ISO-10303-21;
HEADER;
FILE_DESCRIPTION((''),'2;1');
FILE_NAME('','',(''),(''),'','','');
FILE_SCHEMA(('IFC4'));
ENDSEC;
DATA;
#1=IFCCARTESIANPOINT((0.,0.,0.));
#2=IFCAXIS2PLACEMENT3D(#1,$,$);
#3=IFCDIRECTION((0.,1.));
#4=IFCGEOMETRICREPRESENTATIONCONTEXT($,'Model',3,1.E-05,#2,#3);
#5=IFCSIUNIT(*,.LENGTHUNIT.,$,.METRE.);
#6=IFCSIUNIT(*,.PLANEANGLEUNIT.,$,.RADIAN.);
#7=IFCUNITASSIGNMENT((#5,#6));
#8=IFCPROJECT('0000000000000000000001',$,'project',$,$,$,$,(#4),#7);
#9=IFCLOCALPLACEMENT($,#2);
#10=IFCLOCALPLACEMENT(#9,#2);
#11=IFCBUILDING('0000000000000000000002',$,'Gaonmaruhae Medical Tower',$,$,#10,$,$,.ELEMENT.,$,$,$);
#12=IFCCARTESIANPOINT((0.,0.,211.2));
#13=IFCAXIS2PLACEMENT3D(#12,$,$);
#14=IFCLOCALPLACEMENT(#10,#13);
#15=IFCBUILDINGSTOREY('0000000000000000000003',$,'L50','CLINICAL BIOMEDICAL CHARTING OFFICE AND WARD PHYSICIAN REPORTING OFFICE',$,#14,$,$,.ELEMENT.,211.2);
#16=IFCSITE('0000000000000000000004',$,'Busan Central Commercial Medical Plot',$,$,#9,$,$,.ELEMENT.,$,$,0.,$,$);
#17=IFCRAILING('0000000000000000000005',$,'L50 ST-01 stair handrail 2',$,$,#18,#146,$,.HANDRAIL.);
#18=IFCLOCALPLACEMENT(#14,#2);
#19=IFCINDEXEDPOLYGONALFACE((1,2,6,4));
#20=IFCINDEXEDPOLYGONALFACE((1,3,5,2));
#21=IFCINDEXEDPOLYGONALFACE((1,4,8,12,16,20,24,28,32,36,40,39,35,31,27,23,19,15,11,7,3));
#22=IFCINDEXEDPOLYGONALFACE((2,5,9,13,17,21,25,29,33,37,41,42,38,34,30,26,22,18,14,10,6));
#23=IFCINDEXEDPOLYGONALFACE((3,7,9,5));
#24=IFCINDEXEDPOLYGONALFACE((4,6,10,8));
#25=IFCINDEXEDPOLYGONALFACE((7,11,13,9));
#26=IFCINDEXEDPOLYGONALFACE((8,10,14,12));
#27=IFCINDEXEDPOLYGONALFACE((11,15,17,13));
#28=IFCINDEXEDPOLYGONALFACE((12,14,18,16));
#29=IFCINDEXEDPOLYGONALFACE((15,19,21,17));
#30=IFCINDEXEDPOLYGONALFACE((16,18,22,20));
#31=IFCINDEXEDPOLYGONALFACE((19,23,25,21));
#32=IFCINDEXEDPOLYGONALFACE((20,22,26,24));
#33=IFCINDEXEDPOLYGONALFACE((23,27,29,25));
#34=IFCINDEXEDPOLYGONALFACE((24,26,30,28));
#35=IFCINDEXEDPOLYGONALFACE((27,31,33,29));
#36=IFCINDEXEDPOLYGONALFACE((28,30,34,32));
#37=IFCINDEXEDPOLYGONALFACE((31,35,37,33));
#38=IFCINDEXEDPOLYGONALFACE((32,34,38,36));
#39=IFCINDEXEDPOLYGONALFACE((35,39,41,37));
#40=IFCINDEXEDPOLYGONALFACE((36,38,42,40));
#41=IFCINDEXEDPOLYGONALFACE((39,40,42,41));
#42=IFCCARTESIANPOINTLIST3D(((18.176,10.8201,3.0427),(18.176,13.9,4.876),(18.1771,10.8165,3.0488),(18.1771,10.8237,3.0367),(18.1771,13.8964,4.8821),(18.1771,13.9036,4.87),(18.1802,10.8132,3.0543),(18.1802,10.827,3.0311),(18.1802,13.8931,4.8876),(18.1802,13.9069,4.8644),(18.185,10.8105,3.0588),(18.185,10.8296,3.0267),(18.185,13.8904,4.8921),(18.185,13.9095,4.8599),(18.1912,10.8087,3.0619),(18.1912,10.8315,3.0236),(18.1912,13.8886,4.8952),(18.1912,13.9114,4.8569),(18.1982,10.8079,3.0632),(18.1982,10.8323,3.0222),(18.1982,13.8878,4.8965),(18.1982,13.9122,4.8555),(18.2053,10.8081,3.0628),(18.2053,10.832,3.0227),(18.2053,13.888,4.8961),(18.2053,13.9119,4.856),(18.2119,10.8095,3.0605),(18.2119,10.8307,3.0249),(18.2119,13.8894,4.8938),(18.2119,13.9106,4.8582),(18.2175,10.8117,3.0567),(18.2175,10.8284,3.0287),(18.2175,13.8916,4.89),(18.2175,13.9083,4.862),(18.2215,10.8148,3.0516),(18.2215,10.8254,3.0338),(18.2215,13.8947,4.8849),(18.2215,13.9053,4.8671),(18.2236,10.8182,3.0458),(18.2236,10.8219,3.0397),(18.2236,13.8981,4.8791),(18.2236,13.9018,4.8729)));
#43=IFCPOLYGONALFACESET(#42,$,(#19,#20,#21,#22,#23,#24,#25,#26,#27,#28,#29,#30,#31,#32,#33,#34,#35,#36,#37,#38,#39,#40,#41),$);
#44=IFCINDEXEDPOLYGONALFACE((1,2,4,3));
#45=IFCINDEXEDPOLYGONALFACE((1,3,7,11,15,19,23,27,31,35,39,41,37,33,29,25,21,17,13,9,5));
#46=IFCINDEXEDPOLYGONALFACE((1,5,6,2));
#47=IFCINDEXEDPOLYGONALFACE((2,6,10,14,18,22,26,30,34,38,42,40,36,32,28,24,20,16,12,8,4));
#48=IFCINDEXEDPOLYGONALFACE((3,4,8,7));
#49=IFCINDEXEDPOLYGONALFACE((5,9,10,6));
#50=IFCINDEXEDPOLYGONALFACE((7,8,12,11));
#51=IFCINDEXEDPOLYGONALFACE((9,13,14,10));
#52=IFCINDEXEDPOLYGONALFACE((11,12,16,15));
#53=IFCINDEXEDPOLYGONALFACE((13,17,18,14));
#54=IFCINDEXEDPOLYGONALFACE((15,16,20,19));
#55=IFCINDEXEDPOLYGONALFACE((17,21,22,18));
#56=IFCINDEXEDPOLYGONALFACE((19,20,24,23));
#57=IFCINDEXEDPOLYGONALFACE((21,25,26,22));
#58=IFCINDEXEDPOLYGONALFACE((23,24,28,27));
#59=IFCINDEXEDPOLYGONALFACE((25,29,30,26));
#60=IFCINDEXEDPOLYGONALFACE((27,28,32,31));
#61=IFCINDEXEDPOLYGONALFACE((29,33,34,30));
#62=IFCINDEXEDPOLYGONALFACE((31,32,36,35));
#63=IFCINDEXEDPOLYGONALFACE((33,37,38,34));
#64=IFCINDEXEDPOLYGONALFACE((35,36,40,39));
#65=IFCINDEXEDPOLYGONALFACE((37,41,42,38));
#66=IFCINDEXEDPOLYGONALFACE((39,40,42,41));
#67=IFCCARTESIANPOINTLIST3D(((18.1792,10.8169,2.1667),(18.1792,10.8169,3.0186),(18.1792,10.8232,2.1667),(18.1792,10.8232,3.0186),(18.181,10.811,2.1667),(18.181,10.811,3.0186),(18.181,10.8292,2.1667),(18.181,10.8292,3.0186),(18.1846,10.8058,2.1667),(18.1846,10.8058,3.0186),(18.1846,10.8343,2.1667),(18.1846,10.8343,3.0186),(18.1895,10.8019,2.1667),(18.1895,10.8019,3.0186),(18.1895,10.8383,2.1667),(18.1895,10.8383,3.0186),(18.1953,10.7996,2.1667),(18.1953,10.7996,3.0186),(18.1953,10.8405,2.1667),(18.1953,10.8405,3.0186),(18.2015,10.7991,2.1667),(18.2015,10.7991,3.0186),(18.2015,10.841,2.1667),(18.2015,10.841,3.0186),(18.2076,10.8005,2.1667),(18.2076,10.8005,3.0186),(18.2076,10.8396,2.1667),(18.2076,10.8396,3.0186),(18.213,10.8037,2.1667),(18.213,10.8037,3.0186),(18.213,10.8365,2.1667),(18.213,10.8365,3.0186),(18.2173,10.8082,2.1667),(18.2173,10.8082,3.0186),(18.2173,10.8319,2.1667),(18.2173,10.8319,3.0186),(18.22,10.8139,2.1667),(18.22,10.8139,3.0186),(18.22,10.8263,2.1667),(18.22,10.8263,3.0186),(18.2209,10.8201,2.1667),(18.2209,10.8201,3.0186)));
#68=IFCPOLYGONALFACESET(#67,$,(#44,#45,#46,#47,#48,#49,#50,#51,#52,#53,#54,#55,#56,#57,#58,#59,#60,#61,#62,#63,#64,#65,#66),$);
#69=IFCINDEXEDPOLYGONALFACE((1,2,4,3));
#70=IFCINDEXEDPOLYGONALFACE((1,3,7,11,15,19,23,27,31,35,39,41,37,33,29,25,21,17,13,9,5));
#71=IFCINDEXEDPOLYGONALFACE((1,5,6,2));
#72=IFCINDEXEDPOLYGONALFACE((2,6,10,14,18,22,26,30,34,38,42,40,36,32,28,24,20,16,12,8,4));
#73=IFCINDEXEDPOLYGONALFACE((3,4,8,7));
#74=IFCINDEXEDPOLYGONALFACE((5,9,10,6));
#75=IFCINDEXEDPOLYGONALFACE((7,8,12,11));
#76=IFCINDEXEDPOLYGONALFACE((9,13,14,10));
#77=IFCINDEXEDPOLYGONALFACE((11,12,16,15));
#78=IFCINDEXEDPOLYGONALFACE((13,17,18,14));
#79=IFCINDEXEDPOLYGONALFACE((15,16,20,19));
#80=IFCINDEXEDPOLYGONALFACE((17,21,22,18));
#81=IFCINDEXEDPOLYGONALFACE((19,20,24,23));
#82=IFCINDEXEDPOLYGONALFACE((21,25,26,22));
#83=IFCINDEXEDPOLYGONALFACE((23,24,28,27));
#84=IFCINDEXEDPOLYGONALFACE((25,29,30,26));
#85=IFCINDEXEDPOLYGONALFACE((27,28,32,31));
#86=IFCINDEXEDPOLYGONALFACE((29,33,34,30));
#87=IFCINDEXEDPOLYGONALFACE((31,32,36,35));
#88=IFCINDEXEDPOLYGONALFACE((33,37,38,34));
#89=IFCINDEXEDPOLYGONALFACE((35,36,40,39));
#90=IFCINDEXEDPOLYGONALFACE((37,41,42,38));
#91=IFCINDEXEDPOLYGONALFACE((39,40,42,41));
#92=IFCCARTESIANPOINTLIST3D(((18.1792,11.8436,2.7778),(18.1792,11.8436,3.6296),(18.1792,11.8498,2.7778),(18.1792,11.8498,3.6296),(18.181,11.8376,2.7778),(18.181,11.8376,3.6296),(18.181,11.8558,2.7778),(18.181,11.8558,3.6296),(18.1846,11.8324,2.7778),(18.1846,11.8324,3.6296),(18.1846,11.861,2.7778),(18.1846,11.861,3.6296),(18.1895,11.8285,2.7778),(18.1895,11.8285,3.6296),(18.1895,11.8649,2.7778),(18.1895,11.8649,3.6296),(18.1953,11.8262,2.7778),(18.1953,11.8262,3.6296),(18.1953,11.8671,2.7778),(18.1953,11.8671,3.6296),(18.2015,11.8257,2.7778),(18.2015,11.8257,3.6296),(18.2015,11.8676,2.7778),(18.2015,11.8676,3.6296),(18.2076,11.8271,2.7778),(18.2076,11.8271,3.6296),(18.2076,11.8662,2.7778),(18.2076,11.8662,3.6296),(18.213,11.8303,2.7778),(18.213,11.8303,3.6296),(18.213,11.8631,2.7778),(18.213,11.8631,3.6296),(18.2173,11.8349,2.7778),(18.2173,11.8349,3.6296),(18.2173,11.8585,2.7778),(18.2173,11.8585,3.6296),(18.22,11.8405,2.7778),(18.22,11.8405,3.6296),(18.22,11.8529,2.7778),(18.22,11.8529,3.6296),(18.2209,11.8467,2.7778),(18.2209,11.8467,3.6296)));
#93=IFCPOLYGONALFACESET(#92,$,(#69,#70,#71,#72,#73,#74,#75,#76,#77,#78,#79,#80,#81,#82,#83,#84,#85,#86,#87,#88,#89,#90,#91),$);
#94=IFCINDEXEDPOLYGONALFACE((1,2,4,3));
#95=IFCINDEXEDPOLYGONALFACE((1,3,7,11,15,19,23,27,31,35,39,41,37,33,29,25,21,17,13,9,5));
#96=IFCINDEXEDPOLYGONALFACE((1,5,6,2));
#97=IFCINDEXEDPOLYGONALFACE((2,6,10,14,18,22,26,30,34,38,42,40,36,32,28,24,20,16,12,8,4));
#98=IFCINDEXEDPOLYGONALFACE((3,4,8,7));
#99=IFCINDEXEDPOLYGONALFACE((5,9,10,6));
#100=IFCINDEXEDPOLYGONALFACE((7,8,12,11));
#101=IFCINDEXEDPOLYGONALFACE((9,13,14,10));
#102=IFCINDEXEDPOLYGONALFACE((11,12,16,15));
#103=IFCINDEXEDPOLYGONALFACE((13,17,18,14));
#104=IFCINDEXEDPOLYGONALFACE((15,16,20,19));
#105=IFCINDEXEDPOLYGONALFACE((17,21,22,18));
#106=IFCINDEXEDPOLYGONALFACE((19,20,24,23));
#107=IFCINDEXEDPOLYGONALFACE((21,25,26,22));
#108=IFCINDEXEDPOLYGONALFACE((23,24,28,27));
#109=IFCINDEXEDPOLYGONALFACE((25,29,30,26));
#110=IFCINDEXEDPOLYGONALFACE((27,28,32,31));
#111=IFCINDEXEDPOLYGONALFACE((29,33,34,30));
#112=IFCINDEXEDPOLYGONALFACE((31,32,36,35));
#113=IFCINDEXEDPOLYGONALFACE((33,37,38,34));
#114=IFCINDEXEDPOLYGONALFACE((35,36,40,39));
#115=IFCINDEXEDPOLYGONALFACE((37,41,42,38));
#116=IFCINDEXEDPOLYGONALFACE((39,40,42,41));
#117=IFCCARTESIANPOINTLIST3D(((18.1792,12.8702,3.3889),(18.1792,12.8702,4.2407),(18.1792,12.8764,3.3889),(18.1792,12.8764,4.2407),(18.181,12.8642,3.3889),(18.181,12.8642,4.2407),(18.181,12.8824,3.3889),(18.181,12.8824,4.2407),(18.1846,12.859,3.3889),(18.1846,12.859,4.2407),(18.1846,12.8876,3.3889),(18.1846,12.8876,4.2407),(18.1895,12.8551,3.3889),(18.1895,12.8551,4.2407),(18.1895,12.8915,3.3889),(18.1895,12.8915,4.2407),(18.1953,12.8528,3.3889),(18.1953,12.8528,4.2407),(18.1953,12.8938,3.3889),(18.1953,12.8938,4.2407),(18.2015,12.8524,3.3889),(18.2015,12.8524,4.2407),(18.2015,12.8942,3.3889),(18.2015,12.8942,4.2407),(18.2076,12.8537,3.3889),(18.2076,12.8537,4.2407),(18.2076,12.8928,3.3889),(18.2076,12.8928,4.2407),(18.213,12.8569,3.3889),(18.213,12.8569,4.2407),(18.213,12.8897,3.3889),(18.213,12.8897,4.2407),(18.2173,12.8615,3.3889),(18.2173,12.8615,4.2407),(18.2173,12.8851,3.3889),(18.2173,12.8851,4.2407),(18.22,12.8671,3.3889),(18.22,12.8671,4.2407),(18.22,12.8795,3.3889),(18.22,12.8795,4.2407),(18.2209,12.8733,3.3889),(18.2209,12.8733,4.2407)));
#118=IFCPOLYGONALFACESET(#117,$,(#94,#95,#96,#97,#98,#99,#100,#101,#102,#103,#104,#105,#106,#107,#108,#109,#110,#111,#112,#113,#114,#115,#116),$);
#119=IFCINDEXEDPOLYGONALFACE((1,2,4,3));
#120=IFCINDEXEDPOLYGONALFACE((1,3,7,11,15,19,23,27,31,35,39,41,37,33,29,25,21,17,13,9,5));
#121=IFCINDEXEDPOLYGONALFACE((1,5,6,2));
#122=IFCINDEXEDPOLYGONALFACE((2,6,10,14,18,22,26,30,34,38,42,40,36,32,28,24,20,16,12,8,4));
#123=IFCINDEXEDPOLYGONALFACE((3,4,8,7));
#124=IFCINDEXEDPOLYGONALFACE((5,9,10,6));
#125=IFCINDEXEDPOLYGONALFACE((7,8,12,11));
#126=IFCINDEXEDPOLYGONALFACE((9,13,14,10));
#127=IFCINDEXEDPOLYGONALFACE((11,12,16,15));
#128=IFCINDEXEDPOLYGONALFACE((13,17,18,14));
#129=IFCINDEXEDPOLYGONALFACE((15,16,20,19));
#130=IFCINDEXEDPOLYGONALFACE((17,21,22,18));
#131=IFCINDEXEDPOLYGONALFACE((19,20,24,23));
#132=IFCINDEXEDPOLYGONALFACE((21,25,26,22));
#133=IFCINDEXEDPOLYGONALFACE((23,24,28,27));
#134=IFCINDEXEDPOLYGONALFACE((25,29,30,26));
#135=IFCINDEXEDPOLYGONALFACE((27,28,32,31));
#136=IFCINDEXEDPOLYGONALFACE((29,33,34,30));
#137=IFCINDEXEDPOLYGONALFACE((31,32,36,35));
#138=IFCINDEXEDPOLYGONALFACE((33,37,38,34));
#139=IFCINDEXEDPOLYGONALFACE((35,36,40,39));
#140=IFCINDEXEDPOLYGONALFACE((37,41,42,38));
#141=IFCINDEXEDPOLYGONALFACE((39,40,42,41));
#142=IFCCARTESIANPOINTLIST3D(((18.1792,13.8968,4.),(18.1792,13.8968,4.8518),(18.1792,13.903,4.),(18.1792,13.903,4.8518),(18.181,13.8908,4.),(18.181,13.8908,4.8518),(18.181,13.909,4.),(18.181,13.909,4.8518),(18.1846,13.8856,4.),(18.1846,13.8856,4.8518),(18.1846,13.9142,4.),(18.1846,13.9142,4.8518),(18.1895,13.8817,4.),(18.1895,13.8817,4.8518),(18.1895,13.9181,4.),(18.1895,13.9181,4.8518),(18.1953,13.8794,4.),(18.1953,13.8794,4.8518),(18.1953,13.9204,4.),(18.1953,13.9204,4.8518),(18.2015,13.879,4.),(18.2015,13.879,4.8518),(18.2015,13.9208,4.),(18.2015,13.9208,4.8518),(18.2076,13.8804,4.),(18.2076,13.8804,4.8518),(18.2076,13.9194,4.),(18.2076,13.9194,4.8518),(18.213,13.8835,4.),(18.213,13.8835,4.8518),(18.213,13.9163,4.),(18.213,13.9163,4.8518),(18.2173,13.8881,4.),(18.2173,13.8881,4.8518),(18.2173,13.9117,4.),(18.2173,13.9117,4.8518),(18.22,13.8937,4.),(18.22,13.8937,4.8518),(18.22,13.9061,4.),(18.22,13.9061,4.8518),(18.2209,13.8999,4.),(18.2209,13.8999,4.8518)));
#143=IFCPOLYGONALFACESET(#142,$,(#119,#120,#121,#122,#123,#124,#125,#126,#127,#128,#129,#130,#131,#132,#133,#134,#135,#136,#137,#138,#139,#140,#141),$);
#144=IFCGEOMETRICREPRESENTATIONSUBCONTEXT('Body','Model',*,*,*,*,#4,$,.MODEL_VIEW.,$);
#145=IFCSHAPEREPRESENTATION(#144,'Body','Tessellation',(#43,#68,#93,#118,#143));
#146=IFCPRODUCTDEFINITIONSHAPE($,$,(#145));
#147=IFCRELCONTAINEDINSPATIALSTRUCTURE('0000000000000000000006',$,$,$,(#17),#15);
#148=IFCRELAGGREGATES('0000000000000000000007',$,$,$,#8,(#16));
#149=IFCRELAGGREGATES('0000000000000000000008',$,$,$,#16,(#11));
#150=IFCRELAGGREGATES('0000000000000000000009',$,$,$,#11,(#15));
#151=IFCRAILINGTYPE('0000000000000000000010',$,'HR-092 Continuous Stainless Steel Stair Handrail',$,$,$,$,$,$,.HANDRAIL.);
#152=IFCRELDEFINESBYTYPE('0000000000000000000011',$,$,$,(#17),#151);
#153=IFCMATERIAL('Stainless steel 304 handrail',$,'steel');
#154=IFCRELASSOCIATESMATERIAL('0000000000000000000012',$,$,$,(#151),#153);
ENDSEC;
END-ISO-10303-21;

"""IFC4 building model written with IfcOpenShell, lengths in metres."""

from ifc_helpers import new_model, si_unit, direction, frame, origin, origin_2d, place, context, subcontext, project, spatial, circle, extrude, material, type_object, element, save


model = new_model("IFC4")

# Units and contexts
model_context = context("Model", 3, precision=1e-05, world=origin(), true_north=direction((0.0, 1.0)))
body_context = subcontext(model_context, "Body", "Model", "MODEL_VIEW")
ifc_project = project(units=[si_unit("LENGTHUNIT", "METRE"), si_unit("PLANEANGLEUNIT", "RADIAN")], contexts=[model_context])

# Site, building, storey
site_placement = place(None, origin())
site = spatial("IfcSite", under=ifc_project, at=site_placement, Name="Busan Central Commercial Medical Plot", CompositionType="ELEMENT", RefElevation=0.0)
building_placement = place(site_placement, origin())
building = spatial("IfcBuilding", under=site, at=building_placement, Name="Gaonmaruhae Medical Tower", CompositionType="ELEMENT")
storey_placement = place(building_placement, frame((0.0, 0.0, 211.2)))
storey = spatial("IfcBuildingStorey", under=building, at=storey_placement, Name="L50", Description="CLINICAL BIOMEDICAL CHARTING OFFICE AND WARD PHYSICIAN REPORTING OFFICE", CompositionType="ELEMENT", Elevation=211.2)

# Railing
ifc_material_1 = material(Name="Stainless steel 304 handrail", Category="steel")
railing_type_1 = type_object("IfcRailingType", Name="HR-092 Continuous Stainless Steel Stair Handrail", PredefinedType="HANDRAIL", material=ifc_material_1)
railing_1_placement = place(storey_placement, frame((18.2, 10.8201, 2.1667)))
element("IfcRailing", 1, at=railing_1_placement, inside=storey, type_object=railing_type_1, Name="L50 ST-01 stair handrail 2", PredefinedType="HANDRAIL", context=body_context, shape_type="SweptSolid", body=[
    extrude(circle(Radius=0.0239, at=origin_2d()), frame((0.0, 0.0, 0.876), z_axis=(0.0, 0.859291, 0.511487), x_axis=(-1.0, 0.0, 0.0)), (0.0, 0.0, 1.0), 3.5842),
    extrude(circle(Radius=0.021, at=origin_2d()), origin(), (0.0, 0.0, 1.0), 0.8518),
    extrude(circle(Radius=0.021, at=origin_2d()), frame((0.0, 1.0266, 0.6111)), (0.0, 0.0, 1.0), 0.8518),
    extrude(circle(Radius=0.021, at=origin_2d()), frame((0.0, 2.0532, 1.2222)), (0.0, 0.0, 1.0), 0.8518),
    extrude(circle(Radius=0.021, at=origin_2d()), frame((0.0, 3.0798, 1.8333)), (0.0, 0.0, 1.0), 0.8518),
])

save(model, "model.ifc")
